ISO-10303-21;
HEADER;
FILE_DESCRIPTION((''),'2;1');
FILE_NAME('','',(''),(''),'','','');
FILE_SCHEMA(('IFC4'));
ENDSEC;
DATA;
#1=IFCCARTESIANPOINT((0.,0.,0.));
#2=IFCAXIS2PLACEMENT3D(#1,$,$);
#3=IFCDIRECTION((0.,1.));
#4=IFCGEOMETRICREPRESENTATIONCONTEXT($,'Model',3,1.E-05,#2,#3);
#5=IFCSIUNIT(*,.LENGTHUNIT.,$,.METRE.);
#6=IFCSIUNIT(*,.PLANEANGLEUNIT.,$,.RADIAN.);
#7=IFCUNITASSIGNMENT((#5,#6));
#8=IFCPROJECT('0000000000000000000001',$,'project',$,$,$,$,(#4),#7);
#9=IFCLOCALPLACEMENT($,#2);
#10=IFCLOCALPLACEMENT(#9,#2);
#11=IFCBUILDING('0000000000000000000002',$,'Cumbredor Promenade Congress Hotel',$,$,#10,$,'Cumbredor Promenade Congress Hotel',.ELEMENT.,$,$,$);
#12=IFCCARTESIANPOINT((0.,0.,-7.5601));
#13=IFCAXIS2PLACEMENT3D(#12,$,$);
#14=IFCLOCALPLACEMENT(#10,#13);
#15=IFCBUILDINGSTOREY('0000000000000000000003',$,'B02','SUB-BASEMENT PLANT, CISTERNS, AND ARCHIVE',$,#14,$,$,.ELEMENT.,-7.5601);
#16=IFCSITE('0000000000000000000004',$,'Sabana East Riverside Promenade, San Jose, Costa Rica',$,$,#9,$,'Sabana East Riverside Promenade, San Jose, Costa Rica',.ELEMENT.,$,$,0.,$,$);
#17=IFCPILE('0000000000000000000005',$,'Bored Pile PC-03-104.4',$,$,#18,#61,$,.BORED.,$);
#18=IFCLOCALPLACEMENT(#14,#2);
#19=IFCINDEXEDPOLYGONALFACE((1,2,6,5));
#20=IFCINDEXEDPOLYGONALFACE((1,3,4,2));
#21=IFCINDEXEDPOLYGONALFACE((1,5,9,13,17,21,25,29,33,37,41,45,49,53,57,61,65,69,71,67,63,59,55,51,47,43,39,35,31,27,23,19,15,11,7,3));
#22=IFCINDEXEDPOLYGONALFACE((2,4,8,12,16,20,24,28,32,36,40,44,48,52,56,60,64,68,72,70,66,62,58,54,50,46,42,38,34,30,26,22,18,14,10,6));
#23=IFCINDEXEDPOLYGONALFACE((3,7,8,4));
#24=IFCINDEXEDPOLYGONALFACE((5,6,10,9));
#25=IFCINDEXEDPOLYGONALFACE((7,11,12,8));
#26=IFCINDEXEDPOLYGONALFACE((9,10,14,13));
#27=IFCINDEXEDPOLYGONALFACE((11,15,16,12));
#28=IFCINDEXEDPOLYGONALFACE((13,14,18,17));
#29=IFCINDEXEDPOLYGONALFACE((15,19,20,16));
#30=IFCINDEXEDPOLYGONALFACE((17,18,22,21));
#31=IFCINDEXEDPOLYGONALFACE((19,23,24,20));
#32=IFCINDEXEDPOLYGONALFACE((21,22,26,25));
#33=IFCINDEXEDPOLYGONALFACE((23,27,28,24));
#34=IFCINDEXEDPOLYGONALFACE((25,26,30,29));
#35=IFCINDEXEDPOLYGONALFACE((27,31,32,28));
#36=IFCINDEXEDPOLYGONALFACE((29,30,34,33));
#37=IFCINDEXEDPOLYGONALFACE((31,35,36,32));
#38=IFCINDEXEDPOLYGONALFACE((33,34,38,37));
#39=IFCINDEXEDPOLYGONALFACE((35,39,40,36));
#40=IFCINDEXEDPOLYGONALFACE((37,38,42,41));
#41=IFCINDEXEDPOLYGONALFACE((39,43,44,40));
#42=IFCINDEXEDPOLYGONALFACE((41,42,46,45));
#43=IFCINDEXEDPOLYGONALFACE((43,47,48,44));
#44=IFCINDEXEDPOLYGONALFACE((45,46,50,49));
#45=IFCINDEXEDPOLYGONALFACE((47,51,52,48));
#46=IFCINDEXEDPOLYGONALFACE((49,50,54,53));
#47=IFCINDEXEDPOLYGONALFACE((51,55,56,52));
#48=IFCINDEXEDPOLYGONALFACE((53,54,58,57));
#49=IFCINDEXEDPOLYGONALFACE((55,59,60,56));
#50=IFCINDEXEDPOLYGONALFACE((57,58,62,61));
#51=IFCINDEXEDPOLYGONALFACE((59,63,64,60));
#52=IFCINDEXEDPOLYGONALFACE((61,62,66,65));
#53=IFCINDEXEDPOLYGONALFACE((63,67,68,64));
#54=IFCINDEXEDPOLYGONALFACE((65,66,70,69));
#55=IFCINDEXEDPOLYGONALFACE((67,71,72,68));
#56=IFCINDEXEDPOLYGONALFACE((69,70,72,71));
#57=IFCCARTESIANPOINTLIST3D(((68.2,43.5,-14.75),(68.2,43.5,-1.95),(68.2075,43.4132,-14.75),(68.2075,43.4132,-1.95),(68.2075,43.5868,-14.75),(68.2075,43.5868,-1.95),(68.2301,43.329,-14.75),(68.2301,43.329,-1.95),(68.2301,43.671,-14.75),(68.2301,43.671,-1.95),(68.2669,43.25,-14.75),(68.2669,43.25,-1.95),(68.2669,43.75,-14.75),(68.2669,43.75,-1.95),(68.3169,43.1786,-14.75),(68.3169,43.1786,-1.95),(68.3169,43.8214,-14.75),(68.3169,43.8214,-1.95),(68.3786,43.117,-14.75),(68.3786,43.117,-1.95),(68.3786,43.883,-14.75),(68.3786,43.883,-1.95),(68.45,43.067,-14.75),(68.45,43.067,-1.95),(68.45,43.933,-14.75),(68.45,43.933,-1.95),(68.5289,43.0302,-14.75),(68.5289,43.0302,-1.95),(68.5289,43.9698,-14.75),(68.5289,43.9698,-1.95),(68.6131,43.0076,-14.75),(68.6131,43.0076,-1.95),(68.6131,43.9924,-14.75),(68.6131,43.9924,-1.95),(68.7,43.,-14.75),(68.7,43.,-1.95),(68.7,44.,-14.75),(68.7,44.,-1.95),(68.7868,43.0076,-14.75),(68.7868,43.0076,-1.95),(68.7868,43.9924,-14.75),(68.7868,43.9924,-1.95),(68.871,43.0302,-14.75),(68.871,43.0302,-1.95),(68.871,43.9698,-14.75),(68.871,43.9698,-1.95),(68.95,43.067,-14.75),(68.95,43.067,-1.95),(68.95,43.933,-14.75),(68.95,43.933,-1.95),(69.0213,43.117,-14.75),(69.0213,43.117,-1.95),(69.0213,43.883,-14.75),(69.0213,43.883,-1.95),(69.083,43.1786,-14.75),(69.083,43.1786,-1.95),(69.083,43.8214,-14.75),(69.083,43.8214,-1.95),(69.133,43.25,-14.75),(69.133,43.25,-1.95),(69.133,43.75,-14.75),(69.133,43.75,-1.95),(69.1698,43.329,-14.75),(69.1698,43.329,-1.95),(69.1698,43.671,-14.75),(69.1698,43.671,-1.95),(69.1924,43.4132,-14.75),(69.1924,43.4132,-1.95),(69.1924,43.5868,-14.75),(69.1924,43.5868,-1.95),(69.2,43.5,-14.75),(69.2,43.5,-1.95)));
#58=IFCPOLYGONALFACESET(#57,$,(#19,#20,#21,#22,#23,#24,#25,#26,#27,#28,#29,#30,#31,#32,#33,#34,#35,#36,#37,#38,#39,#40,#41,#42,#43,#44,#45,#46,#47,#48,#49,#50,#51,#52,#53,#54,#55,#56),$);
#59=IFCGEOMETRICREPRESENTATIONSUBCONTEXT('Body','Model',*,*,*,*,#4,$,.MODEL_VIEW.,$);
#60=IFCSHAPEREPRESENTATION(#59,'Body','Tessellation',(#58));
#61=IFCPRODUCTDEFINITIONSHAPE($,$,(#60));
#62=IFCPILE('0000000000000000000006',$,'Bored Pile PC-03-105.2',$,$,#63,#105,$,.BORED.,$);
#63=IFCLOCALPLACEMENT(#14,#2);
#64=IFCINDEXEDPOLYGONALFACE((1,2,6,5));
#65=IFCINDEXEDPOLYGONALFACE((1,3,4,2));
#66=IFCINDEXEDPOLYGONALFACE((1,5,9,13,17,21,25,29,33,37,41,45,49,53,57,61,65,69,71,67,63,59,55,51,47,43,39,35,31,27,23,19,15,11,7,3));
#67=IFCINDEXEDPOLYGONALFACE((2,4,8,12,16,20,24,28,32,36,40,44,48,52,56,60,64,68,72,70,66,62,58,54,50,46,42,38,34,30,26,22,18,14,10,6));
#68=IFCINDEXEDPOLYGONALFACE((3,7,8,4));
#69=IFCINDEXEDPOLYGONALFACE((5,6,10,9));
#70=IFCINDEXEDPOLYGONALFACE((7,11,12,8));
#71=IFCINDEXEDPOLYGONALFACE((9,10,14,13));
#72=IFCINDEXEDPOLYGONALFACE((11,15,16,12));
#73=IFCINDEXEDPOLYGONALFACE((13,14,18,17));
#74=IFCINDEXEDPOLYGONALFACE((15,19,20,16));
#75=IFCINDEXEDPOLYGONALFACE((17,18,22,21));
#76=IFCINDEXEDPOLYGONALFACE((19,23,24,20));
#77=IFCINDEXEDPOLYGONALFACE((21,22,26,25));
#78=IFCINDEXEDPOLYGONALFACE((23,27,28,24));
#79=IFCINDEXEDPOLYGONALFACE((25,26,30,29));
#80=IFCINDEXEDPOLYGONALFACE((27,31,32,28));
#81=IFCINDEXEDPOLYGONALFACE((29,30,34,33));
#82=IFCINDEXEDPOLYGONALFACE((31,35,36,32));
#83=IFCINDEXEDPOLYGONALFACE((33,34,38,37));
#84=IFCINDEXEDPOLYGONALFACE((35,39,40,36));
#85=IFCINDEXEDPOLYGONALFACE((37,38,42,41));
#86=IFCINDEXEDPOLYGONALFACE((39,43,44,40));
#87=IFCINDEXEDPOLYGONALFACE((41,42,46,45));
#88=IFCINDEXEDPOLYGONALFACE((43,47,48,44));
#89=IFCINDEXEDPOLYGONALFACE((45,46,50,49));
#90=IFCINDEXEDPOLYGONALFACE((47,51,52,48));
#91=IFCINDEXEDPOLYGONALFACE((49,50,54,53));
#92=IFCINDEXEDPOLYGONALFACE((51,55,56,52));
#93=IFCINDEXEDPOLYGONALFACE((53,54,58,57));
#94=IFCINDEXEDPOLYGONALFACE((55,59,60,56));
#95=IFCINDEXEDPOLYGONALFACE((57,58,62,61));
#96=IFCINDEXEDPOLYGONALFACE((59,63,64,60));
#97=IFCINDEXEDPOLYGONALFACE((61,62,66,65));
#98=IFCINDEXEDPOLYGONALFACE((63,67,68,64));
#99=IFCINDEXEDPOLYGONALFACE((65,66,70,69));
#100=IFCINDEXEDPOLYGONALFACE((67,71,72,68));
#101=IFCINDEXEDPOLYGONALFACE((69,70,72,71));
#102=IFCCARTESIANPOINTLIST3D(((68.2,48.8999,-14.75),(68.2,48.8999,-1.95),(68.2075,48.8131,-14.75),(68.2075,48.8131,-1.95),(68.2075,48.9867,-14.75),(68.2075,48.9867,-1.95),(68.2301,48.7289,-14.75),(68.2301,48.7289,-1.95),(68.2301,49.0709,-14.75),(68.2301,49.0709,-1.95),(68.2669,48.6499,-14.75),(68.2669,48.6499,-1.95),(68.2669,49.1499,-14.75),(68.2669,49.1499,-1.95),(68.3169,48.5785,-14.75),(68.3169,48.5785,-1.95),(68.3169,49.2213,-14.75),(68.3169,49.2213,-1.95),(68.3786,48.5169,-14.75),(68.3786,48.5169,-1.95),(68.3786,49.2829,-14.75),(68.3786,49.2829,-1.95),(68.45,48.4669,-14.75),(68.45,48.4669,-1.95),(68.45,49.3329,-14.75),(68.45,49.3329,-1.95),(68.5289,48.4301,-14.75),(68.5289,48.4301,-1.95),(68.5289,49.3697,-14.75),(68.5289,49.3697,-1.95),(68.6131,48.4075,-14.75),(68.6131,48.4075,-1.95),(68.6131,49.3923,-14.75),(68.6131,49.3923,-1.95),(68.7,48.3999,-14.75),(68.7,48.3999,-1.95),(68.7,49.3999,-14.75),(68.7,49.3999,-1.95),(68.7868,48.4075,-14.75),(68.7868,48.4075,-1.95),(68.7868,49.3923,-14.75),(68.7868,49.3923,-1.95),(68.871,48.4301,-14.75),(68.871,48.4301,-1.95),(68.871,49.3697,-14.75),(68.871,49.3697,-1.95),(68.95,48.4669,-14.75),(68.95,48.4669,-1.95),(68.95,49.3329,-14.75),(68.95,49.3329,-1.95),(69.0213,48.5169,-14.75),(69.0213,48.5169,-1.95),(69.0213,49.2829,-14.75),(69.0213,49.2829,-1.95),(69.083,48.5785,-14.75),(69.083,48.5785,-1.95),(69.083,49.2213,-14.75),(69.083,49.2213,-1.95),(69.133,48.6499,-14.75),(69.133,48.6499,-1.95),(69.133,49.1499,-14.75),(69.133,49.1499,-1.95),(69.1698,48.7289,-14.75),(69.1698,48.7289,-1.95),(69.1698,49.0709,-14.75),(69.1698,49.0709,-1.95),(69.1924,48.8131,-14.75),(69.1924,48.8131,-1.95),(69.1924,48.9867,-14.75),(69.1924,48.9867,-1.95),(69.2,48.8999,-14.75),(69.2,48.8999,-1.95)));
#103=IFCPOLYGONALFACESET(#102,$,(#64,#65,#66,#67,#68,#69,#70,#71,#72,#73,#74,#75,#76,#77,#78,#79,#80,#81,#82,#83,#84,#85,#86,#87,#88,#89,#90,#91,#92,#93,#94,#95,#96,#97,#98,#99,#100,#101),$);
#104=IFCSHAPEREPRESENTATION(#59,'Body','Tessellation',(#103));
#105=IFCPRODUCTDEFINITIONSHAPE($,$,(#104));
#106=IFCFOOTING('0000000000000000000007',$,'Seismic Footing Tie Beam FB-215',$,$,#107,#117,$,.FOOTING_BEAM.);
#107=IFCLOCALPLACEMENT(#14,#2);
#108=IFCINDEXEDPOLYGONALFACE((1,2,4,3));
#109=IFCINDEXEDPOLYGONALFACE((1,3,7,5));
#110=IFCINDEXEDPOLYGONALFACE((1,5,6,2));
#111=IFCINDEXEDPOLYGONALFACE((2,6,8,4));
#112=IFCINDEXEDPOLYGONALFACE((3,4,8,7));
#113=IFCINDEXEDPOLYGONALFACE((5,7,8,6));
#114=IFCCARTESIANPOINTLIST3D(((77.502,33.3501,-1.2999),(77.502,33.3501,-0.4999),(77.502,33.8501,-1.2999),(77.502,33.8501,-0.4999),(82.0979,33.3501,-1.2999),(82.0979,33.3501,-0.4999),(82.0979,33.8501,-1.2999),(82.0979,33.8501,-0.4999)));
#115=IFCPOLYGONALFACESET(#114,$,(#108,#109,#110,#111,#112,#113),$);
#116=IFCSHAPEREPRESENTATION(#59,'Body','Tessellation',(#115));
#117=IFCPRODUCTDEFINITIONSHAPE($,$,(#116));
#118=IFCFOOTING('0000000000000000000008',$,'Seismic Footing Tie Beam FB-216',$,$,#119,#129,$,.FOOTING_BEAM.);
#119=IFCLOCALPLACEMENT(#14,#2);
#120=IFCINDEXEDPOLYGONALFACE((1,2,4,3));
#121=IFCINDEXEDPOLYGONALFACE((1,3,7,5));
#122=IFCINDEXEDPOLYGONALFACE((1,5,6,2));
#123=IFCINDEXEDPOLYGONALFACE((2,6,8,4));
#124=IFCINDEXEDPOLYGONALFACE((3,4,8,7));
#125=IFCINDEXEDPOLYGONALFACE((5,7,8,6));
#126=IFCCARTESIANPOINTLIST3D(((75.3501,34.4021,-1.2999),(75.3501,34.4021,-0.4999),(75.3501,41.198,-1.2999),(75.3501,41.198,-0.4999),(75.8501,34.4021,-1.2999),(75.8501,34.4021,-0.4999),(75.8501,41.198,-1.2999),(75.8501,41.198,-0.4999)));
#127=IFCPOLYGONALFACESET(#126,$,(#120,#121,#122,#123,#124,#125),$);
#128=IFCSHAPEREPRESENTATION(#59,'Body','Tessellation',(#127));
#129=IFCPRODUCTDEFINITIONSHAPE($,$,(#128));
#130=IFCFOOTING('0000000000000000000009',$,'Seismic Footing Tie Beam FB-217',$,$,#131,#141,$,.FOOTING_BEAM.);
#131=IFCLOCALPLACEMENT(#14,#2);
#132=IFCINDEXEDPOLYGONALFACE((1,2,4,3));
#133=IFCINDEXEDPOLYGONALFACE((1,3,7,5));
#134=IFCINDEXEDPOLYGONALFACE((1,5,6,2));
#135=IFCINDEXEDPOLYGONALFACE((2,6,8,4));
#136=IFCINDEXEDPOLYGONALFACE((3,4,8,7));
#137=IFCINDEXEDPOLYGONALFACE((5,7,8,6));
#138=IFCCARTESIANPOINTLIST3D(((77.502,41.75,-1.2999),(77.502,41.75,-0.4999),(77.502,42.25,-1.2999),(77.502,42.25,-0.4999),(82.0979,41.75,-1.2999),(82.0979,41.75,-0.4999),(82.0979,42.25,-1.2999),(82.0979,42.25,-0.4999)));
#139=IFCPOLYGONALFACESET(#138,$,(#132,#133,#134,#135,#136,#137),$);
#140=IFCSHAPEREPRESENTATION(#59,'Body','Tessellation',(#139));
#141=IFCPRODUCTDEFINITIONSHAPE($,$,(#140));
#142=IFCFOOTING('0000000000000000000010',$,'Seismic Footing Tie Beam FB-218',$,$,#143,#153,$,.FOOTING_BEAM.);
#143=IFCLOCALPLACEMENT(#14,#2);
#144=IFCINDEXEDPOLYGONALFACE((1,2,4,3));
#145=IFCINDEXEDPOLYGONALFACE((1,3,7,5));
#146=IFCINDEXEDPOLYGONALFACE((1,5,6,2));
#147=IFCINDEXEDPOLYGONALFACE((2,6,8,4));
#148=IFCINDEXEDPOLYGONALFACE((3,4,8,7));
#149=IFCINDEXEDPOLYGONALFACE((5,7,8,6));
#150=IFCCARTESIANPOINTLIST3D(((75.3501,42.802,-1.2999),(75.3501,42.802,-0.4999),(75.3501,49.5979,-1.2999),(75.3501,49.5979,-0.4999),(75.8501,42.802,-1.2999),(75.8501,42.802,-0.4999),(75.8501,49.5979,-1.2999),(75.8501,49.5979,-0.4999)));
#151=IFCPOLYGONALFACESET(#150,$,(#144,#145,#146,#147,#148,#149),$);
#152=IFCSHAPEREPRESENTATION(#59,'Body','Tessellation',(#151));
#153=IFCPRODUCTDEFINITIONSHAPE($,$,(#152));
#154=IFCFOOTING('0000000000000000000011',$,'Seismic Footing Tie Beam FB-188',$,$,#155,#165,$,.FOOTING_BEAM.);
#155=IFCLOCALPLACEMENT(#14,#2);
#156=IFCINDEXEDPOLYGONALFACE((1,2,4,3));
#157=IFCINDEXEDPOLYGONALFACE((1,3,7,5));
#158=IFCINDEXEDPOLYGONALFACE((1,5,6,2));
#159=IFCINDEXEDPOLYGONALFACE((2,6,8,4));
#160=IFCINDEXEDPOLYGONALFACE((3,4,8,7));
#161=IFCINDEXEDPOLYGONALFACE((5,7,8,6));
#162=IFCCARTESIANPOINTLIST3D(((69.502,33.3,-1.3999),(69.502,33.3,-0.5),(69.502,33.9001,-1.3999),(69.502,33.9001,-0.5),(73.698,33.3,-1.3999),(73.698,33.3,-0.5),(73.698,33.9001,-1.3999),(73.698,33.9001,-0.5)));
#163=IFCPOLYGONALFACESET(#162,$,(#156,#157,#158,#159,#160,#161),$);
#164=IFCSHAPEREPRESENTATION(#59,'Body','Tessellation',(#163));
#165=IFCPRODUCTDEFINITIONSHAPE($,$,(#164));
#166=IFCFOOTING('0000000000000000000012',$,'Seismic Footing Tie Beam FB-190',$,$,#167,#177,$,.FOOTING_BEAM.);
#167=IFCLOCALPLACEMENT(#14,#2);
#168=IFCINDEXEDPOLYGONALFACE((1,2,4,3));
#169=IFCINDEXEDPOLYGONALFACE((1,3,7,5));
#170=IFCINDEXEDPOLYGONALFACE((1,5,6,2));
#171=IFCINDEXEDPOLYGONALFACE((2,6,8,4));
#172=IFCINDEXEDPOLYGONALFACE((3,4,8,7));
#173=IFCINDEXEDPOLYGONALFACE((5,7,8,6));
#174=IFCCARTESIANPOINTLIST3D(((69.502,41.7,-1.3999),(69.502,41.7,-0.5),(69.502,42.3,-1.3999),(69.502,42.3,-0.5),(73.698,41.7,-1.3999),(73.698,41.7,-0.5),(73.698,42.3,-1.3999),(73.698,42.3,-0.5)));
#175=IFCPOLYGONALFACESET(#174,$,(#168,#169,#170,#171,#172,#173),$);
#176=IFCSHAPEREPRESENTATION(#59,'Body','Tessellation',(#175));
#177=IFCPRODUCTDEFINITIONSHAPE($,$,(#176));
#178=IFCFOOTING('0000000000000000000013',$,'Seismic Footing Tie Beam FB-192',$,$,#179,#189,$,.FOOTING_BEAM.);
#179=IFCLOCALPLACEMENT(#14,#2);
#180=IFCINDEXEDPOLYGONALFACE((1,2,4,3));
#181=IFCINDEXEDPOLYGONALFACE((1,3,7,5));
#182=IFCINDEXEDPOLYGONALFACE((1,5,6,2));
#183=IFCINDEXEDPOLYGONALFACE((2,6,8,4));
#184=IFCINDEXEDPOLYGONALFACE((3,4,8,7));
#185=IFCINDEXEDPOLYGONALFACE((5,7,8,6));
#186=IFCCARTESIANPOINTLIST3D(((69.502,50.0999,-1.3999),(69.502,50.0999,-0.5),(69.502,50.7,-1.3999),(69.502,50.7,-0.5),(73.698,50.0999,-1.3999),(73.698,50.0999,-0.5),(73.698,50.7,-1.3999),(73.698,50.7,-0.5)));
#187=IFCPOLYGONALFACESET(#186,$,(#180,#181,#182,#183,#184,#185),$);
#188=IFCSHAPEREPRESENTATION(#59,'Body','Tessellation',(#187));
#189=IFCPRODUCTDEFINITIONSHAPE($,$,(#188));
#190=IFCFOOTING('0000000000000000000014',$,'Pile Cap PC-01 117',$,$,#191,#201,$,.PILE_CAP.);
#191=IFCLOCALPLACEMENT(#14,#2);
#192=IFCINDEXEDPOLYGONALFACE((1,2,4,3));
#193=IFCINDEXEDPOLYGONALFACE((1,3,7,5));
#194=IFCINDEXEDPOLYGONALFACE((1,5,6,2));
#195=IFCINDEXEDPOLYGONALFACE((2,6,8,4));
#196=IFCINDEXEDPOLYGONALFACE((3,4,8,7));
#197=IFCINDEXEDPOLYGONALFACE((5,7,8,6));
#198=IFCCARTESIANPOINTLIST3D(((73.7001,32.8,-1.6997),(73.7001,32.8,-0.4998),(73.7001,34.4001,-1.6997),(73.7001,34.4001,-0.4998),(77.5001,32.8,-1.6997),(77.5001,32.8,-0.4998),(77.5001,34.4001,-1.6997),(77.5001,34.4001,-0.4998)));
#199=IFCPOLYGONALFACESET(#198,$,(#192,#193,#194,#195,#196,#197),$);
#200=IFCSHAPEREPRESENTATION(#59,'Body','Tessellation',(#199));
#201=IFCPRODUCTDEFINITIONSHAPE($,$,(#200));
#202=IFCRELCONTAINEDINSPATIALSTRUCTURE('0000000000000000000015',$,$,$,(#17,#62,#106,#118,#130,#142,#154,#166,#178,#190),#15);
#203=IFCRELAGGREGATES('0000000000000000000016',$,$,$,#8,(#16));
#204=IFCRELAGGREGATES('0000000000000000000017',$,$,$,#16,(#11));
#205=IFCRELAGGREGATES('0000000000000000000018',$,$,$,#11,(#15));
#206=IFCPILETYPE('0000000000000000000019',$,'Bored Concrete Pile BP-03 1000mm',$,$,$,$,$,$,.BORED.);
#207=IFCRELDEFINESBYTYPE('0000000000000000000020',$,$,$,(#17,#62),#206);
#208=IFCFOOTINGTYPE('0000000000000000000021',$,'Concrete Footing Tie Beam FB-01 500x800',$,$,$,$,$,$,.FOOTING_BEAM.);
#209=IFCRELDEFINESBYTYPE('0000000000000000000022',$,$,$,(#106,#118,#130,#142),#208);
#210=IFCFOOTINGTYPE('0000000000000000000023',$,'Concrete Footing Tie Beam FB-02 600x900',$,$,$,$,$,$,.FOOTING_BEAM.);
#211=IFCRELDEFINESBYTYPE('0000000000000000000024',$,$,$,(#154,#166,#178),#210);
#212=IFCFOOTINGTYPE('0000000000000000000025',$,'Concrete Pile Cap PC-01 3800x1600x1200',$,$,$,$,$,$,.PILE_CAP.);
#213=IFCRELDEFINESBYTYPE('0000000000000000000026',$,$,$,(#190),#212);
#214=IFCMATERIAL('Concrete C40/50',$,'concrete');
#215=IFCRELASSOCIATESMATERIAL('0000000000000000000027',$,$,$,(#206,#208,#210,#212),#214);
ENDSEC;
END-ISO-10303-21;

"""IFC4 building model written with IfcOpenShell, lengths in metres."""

from ifc_helpers import new_model, si_unit, direction, frame, origin, origin_2d, place, context, subcontext, project, spatial, rectangle, circle, extrude, material, material_profile, profile_set, type_object, element, save


model = new_model("IFC4")

# Units and contexts
model_context = context("Model", 3, precision=1e-05, world=origin(), true_north=direction((0.0, 1.0)))
body_context = subcontext(model_context, "Body", "Model", "MODEL_VIEW")
ifc_project = project(units=[si_unit("LENGTHUNIT", "METRE"), si_unit("PLANEANGLEUNIT", "RADIAN")], contexts=[model_context])

# Site, building, storey
site_placement = place(None, origin())
site = spatial("IfcSite", under=ifc_project, at=site_placement, Name="Sabana East Riverside Promenade, San Jose, Costa Rica", LongName="Sabana East Riverside Promenade, San Jose, Costa Rica", CompositionType="ELEMENT", RefElevation=0.0)
building_placement = place(site_placement, origin())
building = spatial("IfcBuilding", under=site, at=building_placement, Name="Cumbredor Promenade Congress Hotel", LongName="Cumbredor Promenade Congress Hotel", CompositionType="ELEMENT")
storey_placement = place(building_placement, frame((0.0, 0.0, -7.5601)))
storey = spatial("IfcBuildingStorey", under=building, at=storey_placement, Name="B02", Description="SUB-BASEMENT PLANT, CISTERNS, AND ARCHIVE", CompositionType="ELEMENT", Elevation=-7.5601)

# Piles
ifc_material_1 = material(Name="Concrete C40/50", Category="concrete")
ifc_material_profile_1 = material_profile(ifc_material_1, circle(Radius=0.5, at=origin_2d()), Name="PILE D1000")
ifc_profile_set_1 = profile_set([ifc_material_profile_1], Name="Concrete C40/50")
pile_type_1 = type_object("IfcPileType", Name="Bored Concrete Pile BP-03 1000mm", PredefinedType="BORED", material=ifc_profile_set_1)
for number, where, z_axis, x_axis, name in (
    (1, (68.7, 43.5, -1.95), (0.0, 0.0, -1.0), (1.0, 0.0, 0.0), "Bored Pile PC-03-104.4"),
    (2, (68.7, 48.8999, -1.95), (0.0, 0.0, -1.0), (1.0, 0.0, 0.0), "Bored Pile PC-03-105.2"),
):
    element("IfcPile", number, at=place(storey_placement, frame(where, z_axis=z_axis, x_axis=x_axis)), inside=storey, type_object=pile_type_1, Name=name, PredefinedType="BORED", context=body_context, shape_type="SweptSolid", body=[
        extrude(circle(Radius=0.5, at=origin_2d()), origin(), (0.0, 0.0, 1.0), 12.8),
    ])

# Footings
ifc_material_profile_2 = material_profile(ifc_material_1, rectangle(XDim=0.5, YDim=0.8, at=origin_2d()), Name="FB 500x800")
ifc_profile_set_2 = profile_set([ifc_material_profile_2], Name="Concrete C40/50")
footing_type_1 = type_object("IfcFootingType", Name="Concrete Footing Tie Beam FB-01 500x800", PredefinedType="FOOTING_BEAM", material=ifc_profile_set_2)
footing_1_placement = place(storey_placement, frame((77.502, 33.6001, -0.8999), z_axis=(1.0, 0.0, 0.0), x_axis=(0.0, 1.0, 0.0)))
element("IfcFooting", 3, at=footing_1_placement, inside=storey, type_object=footing_type_1, Name="Seismic Footing Tie Beam FB-215", PredefinedType="FOOTING_BEAM", context=body_context, shape_type="SweptSolid", body=[
    extrude(rectangle(XDim=0.5, YDim=0.8, at=origin_2d()), origin(), (0.0, 0.0, 1.0), 4.5959),
])
footing_2_placement = place(storey_placement, frame((75.6001, 34.4021, -0.8999), z_axis=(0.0, 1.0, 0.0), x_axis=(-1.0, 0.0, 0.0)))
element("IfcFooting", 4, at=footing_2_placement, inside=storey, type_object=footing_type_1, Name="Seismic Footing Tie Beam FB-216", PredefinedType="FOOTING_BEAM", context=body_context, shape_type="SweptSolid", body=[
    extrude(rectangle(XDim=0.5, YDim=0.8, at=origin_2d()), origin(), (0.0, 0.0, 1.0), 6.7959),
])
footing_3_placement = place(storey_placement, frame((77.502, 42.0, -0.8999), z_axis=(1.0, 0.0, 0.0), x_axis=(0.0, 1.0, 0.0)))
element("IfcFooting", 5, at=footing_3_placement, inside=storey, type_object=footing_type_1, Name="Seismic Footing Tie Beam FB-217", PredefinedType="FOOTING_BEAM", context=body_context, shape_type="SweptSolid", body=[
    extrude(rectangle(XDim=0.5, YDim=0.8, at=origin_2d()), origin(), (0.0, 0.0, 1.0), 4.5959),
])
footing_4_placement = place(storey_placement, frame((75.6001, 42.802, -0.8999), z_axis=(0.0, 1.0, 0.0), x_axis=(-1.0, 0.0, 0.0)))
element("IfcFooting", 6, at=footing_4_placement, inside=storey, type_object=footing_type_1, Name="Seismic Footing Tie Beam FB-218", PredefinedType="FOOTING_BEAM", context=body_context, shape_type="SweptSolid", body=[
    extrude(rectangle(XDim=0.5, YDim=0.8, at=origin_2d()), origin(), (0.0, 0.0, 1.0), 6.7959),
])
ifc_material_profile_3 = material_profile(ifc_material_1, rectangle(XDim=0.6001, YDim=0.8999, at=origin_2d()), Name="FB 600x900")
ifc_profile_set_3 = profile_set([ifc_material_profile_3], Name="Concrete C40/50")
footing_type_2 = type_object("IfcFootingType", Name="Concrete Footing Tie Beam FB-02 600x900", PredefinedType="FOOTING_BEAM", material=ifc_profile_set_3)
for number, where, z_axis, x_axis, name in (
    (7, (69.502, 33.6001, -0.95), (1.0, 0.0, 0.0), (0.0, 1.0, 0.0), "Seismic Footing Tie Beam FB-188"),
    (8, (69.502, 42.0, -0.95), (1.0, 0.0, 0.0), (0.0, 1.0, 0.0), "Seismic Footing Tie Beam FB-190"),
    (9, (69.502, 50.3999, -0.95), (1.0, 0.0, 0.0), (0.0, 1.0, 0.0), "Seismic Footing Tie Beam FB-192"),
):
    element("IfcFooting", number, at=place(storey_placement, frame(where, z_axis=z_axis, x_axis=x_axis)), inside=storey, type_object=footing_type_2, Name=name, PredefinedType="FOOTING_BEAM", context=body_context, shape_type="SweptSolid", body=[
        extrude(rectangle(XDim=0.6001, YDim=0.8999, at=origin_2d()), origin(), (0.0, 0.0, 1.0), 4.196),
    ])
footing_type_3 = type_object("IfcFootingType", Name="Concrete Pile Cap PC-01 3800x1600x1200", PredefinedType="PILE_CAP", material=ifc_material_1)
for number, where, z_axis, x_axis, name in (
    (10, (75.6001, 33.6001, -1.6997), (0.0, 0.0, 1.0), (1.0, 0.0, 0.0), "Pile Cap PC-01 117"),
):
    element("IfcFooting", number, at=place(storey_placement, frame(where, z_axis=z_axis, x_axis=x_axis)), inside=storey, type_object=footing_type_3, Name=name, PredefinedType="PILE_CAP", context=body_context, shape_type="SweptSolid", body=[
        extrude(rectangle(XDim=3.8, YDim=1.6001, at=origin_2d()), origin(), (0.0, 0.0, 1.0), 1.2),
    ])

save(model, "model.ifc")
